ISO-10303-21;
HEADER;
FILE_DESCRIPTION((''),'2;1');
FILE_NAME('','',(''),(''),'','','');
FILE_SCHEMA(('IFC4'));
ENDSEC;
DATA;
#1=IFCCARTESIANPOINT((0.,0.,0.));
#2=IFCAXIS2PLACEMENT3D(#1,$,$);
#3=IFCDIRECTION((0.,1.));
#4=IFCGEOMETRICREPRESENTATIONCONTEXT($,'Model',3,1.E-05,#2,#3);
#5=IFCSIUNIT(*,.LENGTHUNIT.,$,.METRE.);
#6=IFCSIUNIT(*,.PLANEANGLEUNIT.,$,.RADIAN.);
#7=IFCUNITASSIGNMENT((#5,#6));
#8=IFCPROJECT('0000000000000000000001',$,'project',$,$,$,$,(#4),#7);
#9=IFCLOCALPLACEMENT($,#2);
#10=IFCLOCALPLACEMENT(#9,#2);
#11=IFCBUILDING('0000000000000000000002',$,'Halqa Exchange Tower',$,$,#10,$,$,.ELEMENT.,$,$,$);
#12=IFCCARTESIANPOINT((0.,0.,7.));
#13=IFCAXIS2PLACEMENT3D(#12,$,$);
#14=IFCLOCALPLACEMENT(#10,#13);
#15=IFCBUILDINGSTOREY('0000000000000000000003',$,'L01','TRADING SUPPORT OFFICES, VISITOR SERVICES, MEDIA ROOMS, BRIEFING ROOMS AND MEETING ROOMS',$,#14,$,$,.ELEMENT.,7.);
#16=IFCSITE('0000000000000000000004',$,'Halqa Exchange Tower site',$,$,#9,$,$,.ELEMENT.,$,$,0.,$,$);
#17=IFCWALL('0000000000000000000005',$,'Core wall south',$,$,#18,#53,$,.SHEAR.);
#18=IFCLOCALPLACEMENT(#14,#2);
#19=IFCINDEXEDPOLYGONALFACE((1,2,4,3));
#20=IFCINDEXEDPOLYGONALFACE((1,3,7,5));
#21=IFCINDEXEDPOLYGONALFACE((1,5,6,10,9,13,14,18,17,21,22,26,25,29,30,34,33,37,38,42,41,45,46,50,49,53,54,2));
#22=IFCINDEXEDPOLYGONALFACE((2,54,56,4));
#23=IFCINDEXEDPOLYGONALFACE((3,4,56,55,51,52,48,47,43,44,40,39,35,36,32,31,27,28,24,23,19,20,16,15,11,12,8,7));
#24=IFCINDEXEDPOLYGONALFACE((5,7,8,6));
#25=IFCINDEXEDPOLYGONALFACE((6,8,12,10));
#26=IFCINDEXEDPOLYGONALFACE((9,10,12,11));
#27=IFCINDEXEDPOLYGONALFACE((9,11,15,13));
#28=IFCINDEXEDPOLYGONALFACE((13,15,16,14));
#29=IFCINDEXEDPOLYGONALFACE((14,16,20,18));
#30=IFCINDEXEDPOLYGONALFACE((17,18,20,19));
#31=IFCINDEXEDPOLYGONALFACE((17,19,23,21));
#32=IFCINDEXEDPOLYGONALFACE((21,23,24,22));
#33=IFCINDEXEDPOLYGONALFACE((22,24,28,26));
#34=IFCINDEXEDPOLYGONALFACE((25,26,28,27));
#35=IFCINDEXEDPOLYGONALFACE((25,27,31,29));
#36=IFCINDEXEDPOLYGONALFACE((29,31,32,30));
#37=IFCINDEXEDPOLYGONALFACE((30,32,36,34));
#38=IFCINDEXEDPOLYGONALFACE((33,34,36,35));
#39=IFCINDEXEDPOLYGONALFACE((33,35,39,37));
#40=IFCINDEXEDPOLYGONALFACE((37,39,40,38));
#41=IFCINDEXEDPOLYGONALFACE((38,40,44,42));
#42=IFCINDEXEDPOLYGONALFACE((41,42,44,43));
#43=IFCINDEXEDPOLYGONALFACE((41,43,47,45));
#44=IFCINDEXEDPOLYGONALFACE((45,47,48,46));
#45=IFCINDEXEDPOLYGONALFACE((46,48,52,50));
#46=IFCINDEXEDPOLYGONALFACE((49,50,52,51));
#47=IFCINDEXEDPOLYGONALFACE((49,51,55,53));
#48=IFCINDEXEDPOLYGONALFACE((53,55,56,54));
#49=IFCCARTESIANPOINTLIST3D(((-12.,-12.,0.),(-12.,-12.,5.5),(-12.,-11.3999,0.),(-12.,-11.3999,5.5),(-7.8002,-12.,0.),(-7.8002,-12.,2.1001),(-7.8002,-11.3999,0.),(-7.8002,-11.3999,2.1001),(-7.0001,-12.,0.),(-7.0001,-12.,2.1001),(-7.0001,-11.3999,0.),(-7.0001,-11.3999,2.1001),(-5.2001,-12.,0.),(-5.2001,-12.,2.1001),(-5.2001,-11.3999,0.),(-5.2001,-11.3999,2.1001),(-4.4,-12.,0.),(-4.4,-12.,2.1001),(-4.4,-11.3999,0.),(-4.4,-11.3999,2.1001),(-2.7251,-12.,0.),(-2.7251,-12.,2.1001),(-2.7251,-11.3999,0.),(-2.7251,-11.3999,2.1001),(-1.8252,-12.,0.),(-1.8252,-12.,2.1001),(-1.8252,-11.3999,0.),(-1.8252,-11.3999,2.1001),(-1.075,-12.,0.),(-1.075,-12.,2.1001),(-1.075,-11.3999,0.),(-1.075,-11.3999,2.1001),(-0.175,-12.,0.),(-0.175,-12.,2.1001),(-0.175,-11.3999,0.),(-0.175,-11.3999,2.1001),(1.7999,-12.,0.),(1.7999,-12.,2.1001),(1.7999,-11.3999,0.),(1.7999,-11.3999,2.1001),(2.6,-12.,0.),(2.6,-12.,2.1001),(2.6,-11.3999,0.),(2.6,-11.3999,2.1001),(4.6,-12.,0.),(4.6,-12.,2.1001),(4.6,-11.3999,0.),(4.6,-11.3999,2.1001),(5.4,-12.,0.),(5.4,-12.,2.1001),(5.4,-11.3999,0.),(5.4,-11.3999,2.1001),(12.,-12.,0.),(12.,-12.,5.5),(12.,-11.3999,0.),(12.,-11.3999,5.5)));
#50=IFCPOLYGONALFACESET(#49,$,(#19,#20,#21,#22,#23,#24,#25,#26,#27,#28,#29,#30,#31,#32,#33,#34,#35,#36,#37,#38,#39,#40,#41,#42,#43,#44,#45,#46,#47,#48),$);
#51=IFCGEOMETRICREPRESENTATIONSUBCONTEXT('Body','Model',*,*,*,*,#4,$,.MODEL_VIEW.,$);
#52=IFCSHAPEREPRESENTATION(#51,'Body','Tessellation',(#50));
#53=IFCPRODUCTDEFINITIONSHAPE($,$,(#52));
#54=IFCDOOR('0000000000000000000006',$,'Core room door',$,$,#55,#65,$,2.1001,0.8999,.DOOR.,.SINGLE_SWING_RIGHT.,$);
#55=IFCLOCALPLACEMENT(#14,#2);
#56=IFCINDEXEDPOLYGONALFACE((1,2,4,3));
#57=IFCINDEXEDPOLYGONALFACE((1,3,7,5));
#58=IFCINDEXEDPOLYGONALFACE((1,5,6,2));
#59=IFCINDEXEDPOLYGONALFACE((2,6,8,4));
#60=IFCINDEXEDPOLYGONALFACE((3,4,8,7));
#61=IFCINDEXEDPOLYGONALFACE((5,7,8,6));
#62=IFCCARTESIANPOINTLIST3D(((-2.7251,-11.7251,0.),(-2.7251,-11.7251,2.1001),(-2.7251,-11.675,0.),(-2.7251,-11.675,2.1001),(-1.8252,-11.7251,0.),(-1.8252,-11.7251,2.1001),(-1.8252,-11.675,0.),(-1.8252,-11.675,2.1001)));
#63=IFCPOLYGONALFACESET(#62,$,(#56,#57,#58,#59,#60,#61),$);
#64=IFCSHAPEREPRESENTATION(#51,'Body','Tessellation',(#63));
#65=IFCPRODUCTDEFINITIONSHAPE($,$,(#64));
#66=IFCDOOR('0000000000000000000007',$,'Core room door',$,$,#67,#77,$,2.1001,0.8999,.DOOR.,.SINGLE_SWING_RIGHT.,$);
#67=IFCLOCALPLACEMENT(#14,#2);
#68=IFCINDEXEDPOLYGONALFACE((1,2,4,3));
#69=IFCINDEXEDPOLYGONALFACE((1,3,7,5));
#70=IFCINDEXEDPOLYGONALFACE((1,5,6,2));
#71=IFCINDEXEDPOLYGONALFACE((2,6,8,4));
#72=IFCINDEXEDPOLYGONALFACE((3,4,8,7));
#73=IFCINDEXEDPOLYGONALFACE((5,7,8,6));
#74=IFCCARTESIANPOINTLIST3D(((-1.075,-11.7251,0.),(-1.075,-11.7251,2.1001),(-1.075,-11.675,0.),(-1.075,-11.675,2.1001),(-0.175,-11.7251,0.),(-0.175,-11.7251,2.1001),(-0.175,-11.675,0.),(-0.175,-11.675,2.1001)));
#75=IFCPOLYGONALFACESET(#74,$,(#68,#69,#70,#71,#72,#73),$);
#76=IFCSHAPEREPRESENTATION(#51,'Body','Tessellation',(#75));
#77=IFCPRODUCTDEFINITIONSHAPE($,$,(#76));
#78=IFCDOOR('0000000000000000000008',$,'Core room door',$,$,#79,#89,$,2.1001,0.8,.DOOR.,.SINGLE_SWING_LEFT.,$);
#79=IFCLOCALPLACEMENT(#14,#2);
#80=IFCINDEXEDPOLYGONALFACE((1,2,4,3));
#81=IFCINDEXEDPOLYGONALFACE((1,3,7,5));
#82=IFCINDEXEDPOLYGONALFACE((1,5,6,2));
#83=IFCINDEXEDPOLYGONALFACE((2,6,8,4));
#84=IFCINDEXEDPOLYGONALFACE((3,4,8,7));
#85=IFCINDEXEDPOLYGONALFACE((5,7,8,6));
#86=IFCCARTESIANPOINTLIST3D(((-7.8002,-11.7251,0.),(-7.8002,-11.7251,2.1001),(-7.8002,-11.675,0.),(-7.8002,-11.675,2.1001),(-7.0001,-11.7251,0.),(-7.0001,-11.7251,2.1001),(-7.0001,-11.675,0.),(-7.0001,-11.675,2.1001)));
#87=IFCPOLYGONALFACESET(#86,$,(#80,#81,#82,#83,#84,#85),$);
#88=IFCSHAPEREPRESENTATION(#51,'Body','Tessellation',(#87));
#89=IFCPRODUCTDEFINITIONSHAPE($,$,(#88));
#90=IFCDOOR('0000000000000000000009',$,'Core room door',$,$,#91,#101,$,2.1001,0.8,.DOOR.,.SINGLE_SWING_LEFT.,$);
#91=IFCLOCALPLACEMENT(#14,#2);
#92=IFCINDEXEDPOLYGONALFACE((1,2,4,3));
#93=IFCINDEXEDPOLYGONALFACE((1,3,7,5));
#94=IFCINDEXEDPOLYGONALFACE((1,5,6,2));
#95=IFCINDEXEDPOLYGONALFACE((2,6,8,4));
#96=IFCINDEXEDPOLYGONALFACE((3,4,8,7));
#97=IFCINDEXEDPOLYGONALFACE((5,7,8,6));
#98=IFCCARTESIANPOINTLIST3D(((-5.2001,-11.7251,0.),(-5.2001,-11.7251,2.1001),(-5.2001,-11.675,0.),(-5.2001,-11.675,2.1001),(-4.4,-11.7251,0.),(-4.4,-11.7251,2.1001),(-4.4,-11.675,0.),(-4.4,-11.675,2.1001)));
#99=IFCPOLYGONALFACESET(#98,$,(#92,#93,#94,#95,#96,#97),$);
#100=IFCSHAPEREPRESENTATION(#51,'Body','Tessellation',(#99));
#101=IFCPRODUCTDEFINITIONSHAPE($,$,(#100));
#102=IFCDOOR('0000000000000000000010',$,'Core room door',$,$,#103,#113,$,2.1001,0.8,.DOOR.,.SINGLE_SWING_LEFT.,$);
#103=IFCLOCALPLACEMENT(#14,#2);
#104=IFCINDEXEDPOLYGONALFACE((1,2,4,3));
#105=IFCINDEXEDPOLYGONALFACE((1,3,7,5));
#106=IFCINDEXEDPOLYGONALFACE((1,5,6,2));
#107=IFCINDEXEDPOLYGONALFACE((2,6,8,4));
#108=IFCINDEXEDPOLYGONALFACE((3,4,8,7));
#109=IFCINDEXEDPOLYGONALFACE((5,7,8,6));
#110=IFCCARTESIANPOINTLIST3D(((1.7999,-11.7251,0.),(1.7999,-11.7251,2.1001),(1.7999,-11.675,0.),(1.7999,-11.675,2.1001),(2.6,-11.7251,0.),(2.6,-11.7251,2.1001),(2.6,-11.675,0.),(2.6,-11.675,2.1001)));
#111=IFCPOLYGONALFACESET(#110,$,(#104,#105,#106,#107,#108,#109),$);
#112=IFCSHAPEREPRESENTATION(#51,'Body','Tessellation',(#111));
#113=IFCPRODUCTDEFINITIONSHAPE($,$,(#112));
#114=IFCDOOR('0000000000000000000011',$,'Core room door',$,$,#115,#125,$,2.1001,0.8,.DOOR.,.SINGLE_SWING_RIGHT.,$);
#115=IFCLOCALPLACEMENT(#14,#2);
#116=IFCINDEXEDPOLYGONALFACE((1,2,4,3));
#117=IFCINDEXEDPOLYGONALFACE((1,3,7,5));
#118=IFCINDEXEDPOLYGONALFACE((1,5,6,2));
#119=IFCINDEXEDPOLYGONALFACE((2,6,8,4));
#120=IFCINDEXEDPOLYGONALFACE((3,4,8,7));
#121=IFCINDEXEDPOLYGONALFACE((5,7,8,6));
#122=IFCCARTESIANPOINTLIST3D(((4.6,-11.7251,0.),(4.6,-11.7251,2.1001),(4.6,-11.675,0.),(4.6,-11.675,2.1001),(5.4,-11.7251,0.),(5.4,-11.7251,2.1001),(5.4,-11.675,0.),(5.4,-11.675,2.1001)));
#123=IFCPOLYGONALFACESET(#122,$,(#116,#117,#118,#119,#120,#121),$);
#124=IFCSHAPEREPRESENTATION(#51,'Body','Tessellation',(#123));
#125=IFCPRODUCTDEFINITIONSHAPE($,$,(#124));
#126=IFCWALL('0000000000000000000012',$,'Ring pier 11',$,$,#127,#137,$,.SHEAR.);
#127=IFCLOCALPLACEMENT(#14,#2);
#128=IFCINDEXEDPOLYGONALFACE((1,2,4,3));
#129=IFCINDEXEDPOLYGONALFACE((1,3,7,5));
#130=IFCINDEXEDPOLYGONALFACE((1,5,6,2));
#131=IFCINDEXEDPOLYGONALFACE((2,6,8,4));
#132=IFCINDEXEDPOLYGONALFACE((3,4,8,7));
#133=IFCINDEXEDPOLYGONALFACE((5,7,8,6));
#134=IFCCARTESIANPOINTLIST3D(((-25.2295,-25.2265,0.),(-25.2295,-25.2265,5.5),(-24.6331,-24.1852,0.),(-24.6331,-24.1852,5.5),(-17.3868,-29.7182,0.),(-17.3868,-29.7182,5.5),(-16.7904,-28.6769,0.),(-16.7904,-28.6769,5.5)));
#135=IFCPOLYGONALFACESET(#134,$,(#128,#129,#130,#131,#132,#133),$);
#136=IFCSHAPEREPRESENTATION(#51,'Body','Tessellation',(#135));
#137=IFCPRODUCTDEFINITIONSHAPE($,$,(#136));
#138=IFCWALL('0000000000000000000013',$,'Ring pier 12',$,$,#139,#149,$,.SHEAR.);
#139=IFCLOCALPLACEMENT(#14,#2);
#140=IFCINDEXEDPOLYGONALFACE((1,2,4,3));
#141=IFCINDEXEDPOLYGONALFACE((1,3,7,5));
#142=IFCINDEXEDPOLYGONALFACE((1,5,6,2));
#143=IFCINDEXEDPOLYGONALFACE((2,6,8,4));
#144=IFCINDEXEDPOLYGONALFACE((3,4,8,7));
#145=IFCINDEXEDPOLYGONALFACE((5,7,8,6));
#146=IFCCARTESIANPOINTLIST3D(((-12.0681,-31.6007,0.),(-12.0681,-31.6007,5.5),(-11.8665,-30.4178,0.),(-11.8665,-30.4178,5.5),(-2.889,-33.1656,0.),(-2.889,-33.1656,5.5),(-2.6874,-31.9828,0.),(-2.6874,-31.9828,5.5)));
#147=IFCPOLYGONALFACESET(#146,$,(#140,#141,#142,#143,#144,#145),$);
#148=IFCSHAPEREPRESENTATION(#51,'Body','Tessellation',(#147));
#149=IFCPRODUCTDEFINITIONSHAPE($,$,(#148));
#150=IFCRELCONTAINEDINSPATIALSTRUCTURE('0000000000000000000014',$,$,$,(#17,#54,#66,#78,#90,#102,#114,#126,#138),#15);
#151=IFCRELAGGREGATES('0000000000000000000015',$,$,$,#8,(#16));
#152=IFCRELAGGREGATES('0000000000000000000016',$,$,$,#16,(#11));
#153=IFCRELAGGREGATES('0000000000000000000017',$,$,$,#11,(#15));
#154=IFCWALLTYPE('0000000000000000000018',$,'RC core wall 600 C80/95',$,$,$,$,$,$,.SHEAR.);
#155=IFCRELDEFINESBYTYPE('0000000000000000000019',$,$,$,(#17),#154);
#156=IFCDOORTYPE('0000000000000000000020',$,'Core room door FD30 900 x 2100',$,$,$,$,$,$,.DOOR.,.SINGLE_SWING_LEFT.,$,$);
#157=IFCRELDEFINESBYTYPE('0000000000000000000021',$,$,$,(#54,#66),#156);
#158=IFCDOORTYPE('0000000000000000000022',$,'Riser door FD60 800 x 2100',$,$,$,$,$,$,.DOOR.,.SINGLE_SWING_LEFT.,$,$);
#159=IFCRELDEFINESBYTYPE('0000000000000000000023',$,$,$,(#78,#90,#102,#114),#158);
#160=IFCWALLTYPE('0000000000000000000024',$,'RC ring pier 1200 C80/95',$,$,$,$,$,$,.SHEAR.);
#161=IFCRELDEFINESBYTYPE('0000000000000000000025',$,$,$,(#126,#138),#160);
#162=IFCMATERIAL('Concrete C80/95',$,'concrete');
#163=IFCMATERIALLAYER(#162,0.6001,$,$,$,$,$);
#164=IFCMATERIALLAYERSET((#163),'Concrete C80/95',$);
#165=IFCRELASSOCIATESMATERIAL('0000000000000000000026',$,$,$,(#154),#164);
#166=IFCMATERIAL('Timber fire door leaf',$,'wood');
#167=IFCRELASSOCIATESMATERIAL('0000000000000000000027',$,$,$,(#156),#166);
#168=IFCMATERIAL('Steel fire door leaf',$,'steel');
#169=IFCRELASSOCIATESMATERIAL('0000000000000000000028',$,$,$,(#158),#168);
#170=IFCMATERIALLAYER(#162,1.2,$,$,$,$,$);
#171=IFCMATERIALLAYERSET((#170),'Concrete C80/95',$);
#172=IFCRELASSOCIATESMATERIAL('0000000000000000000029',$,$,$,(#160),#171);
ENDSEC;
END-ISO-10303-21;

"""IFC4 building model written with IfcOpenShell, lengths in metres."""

from ifc_helpers import new_model, si_unit, direction, frame, frame_2d, origin, place, context, subcontext, project, spatial, rectangle, extrude, material, layer, layer_set, type_object, element, fill, save


model = new_model("IFC4")

# Units and contexts
model_context = context("Model", 3, precision=1e-05, world=origin(), true_north=direction((0.0, 1.0)))
body_context = subcontext(model_context, "Body", "Model", "MODEL_VIEW")
ifc_project = project(units=[si_unit("LENGTHUNIT", "METRE"), si_unit("PLANEANGLEUNIT", "RADIAN")], contexts=[model_context])

# Site, building, storey
site_placement = place(None, origin())
site = spatial("IfcSite", under=ifc_project, at=site_placement, Name="Halqa Exchange Tower site", CompositionType="ELEMENT", RefElevation=0.0)
building_placement = place(site_placement, origin())
building = spatial("IfcBuilding", under=site, at=building_placement, Name="Halqa Exchange Tower", CompositionType="ELEMENT")
storey_placement = place(building_placement, frame((0.0, 0.0, 7.0)))
storey = spatial("IfcBuildingStorey", under=building, at=storey_placement, Name="L01", Description="TRADING SUPPORT OFFICES, VISITOR SERVICES, MEDIA ROOMS, BRIEFING ROOMS AND MEETING ROOMS", CompositionType="ELEMENT", Elevation=7.0)

# Shared definitions
ifc_material_1 = material(Name="Steel fire door leaf", Category="steel")

# Wall, openings, doors
ifc_material_2 = material(Name="Concrete C80/95", Category="concrete")
ifc_layer_1 = layer(ifc_material_2, 0.6001)
ifc_layer_set_1 = layer_set([ifc_layer_1], Name="Concrete C80/95")
wall_type_1 = type_object("IfcWallType", Name="RC core wall 600 C80/95", PredefinedType="SHEAR", material=ifc_layer_set_1)
wall_1_placement = place(storey_placement, frame((-12.0, -11.7, 0.0), z_axis=(0.0, 0.0, 1.0), x_axis=(1.0, 0.0, 0.0)))
wall_1 = element("IfcWall", 1, at=wall_1_placement, inside=storey, type_object=wall_type_1, Name="Core wall south", PredefinedType="SHEAR", context=body_context, shape_type="SweptSolid", body=[
    extrude(rectangle(XDim=24.0, YDim=0.6001, at=frame_2d((12.0, 0.0))), origin(), (0.0, 0.0, 1.0), 5.5),
])
opening_1_placement = place(wall_1_placement, frame((9.2749, 0.0, 0.0)))
opening_1 = element("IfcOpeningElement", 2, at=opening_1_placement, cuts=wall_1, PredefinedType="OPENING", context=body_context, shape_type="SweptSolid", body=[
    extrude(rectangle(XDim=0.8999, YDim=2.1001, at=frame_2d((0.45, 1.05))), frame((0.0, 0.312, 0.0), z_axis=(0.0, -1.0, 0.0), x_axis=(1.0, 0.0, 0.0)), (0.0, 0.0, 1.0), 0.624),
])
opening_2_placement = place(wall_1_placement, frame((10.925, 0.0, 0.0)))
opening_2 = element("IfcOpeningElement", 3, at=opening_2_placement, cuts=wall_1, PredefinedType="OPENING", context=body_context, shape_type="SweptSolid", body=[
    extrude(rectangle(XDim=0.8999, YDim=2.1001, at=frame_2d((0.45, 1.05))), frame((0.0, 0.312, 0.0), z_axis=(0.0, -1.0, 0.0), x_axis=(1.0, 0.0, 0.0)), (0.0, 0.0, 1.0), 0.624),
])
opening_3_placement = place(wall_1_placement, frame((4.2, 0.0, 0.0)))
opening_3 = element("IfcOpeningElement", 4, at=opening_3_placement, cuts=wall_1, PredefinedType="OPENING", context=body_context, shape_type="SweptSolid", body=[
    extrude(rectangle(XDim=0.8, YDim=2.1001, at=frame_2d((0.3999, 1.05))), frame((0.0, 0.312, 0.0), z_axis=(0.0, -1.0, 0.0), x_axis=(1.0, 0.0, 0.0)), (0.0, 0.0, 1.0), 0.624),
])
opening_4_placement = place(wall_1_placement, frame((6.8, 0.0, 0.0)))
opening_4 = element("IfcOpeningElement", 5, at=opening_4_placement, cuts=wall_1, PredefinedType="OPENING", context=body_context, shape_type="SweptSolid", body=[
    extrude(rectangle(XDim=0.8, YDim=2.1001, at=frame_2d((0.3999, 1.05))), frame((0.0, 0.312, 0.0), z_axis=(0.0, -1.0, 0.0), x_axis=(1.0, 0.0, 0.0)), (0.0, 0.0, 1.0), 0.624),
])
opening_5_placement = place(wall_1_placement, frame((13.8, 0.0, 0.0)))
opening_5 = element("IfcOpeningElement", 6, at=opening_5_placement, cuts=wall_1, PredefinedType="OPENING", context=body_context, shape_type="SweptSolid", body=[
    extrude(rectangle(XDim=0.8, YDim=2.1001, at=frame_2d((0.3999, 1.05))), frame((0.0, 0.312, 0.0), z_axis=(0.0, -1.0, 0.0), x_axis=(1.0, 0.0, 0.0)), (0.0, 0.0, 1.0), 0.624),
])
opening_6_placement = place(wall_1_placement, frame((16.6001, 0.0, 0.0)))
opening_6 = element("IfcOpeningElement", 7, at=opening_6_placement, cuts=wall_1, PredefinedType="OPENING", context=body_context, shape_type="SweptSolid", body=[
    extrude(rectangle(XDim=0.8, YDim=2.1001, at=frame_2d((0.3999, 1.05))), frame((0.0, 0.312, 0.0), z_axis=(0.0, -1.0, 0.0), x_axis=(1.0, 0.0, 0.0)), (0.0, 0.0, 1.0), 0.624),
])
ifc_material_3 = material(Name="Timber fire door leaf", Category="wood")
door_type_1 = type_object("IfcDoorType", Name="Core room door FD30 900 x 2100", OperationType="SINGLE_SWING_LEFT", PredefinedType="DOOR", material=ifc_material_3)
door_1_placement = place(opening_1_placement, origin())
door_1 = element("IfcDoor", 8, at=door_1_placement, inside=storey, type_object=door_type_1, Name="Core room door", OperationType="SINGLE_SWING_RIGHT", OverallHeight=2.1001, OverallWidth=0.8999, PredefinedType="DOOR", context=body_context, shape_type="SweptSolid", body=[
    extrude(rectangle(XDim=0.8999, YDim=2.1001, at=frame_2d((0.45, 1.05))), frame((0.0, 0.0249, 0.0), z_axis=(0.0, -1.0, 0.0), x_axis=(1.0, 0.0, 0.0)), (0.0, 0.0, 1.0), 0.05),
])
fill(opening_1, door_1)
door_2_placement = place(opening_2_placement, origin())
door_2 = element("IfcDoor", 9, at=door_2_placement, inside=storey, type_object=door_type_1, Name="Core room door", OperationType="SINGLE_SWING_RIGHT", OverallHeight=2.1001, OverallWidth=0.8999, PredefinedType="DOOR", context=body_context, shape_type="SweptSolid", body=[
    extrude(rectangle(XDim=0.8999, YDim=2.1001, at=frame_2d((0.45, 1.05))), frame((0.0, 0.0249, 0.0), z_axis=(0.0, -1.0, 0.0), x_axis=(1.0, 0.0, 0.0)), (0.0, 0.0, 1.0), 0.05),
])
fill(opening_2, door_2)
door_type_2 = type_object("IfcDoorType", Name="Riser door FD60 800 x 2100", OperationType="SINGLE_SWING_LEFT", PredefinedType="DOOR", material=ifc_material_1)
door_3_placement = place(opening_3_placement, origin())
door_3 = element("IfcDoor", 10, at=door_3_placement, inside=storey, type_object=door_type_2, Name="Core room door", OperationType="SINGLE_SWING_LEFT", OverallHeight=2.1001, OverallWidth=0.8, PredefinedType="DOOR", context=body_context, shape_type="SweptSolid", body=[
    extrude(rectangle(XDim=0.8, YDim=2.1001, at=frame_2d((0.3999, 1.05))), frame((0.0, 0.0249, 0.0), z_axis=(0.0, -1.0, 0.0), x_axis=(1.0, 0.0, 0.0)), (0.0, 0.0, 1.0), 0.05),
])
fill(opening_3, door_3)
door_4_placement = place(opening_4_placement, origin())
door_4 = element("IfcDoor", 11, at=door_4_placement, inside=storey, type_object=door_type_2, Name="Core room door", OperationType="SINGLE_SWING_LEFT", OverallHeight=2.1001, OverallWidth=0.8, PredefinedType="DOOR", context=body_context, shape_type="SweptSolid", body=[
    extrude(rectangle(XDim=0.8, YDim=2.1001, at=frame_2d((0.3999, 1.05))), frame((0.0, 0.0249, 0.0), z_axis=(0.0, -1.0, 0.0), x_axis=(1.0, 0.0, 0.0)), (0.0, 0.0, 1.0), 0.05),
])
fill(opening_4, door_4)
door_5_placement = place(opening_5_placement, origin())
door_5 = element("IfcDoor", 12, at=door_5_placement, inside=storey, type_object=door_type_2, Name="Core room door", OperationType="SINGLE_SWING_LEFT", OverallHeight=2.1001, OverallWidth=0.8, PredefinedType="DOOR", context=body_context, shape_type="SweptSolid", body=[
    extrude(rectangle(XDim=0.8, YDim=2.1001, at=frame_2d((0.3999, 1.05))), frame((0.0, 0.0249, 0.0), z_axis=(0.0, -1.0, 0.0), x_axis=(1.0, 0.0, 0.0)), (0.0, 0.0, 1.0), 0.05),
])
fill(opening_5, door_5)
door_6_placement = place(opening_6_placement, origin())
door_6 = element("IfcDoor", 13, at=door_6_placement, inside=storey, type_object=door_type_2, Name="Core room door", OperationType="SINGLE_SWING_RIGHT", OverallHeight=2.1001, OverallWidth=0.8, PredefinedType="DOOR", context=body_context, shape_type="SweptSolid", body=[
    extrude(rectangle(XDim=0.8, YDim=2.1001, at=frame_2d((0.3999, 1.05))), frame((0.0, 0.0249, 0.0), z_axis=(0.0, -1.0, 0.0), x_axis=(1.0, 0.0, 0.0)), (0.0, 0.0, 1.0), 0.05),
])
fill(opening_6, door_6)

# Walls
ifc_layer_2 = layer(ifc_material_2, 1.2)
ifc_layer_set_2 = layer_set([ifc_layer_2], Name="Concrete C80/95")
wall_type_2 = type_object("IfcWallType", Name="RC ring pier 1200 C80/95", PredefinedType="SHEAR", material=ifc_layer_set_2)
wall_2_placement = place(storey_placement, frame((-24.9314, -24.7058, 0.0), z_axis=(0.0, 0.0, 1.0), x_axis=(0.867761, -0.496982, 0.0)))
element("IfcWall", 14, at=wall_2_placement, inside=storey, type_object=wall_type_2, Name="Ring pier 11", PredefinedType="SHEAR", context=body_context, shape_type="SweptSolid", body=[
    extrude(rectangle(XDim=9.0378, YDim=1.2, at=frame_2d((4.519, 0.0))), origin(), (0.0, 0.0, 1.0), 5.5),
])
wall_3_placement = place(storey_placement, frame((-11.9673, -31.0093, 0.0), z_axis=(0.0, 0.0, 1.0), x_axis=(0.985776, -0.168063, 0.0)))
element("IfcWall", 15, at=wall_3_placement, inside=storey, type_object=wall_type_2, Name="Ring pier 12", PredefinedType="SHEAR", context=body_context, shape_type="SweptSolid", body=[
    extrude(rectangle(XDim=9.3115, YDim=1.2, at=frame_2d((4.6558, 0.0))), origin(), (0.0, 0.0, 1.0), 5.5),
])

save(model, "model.ifc")
